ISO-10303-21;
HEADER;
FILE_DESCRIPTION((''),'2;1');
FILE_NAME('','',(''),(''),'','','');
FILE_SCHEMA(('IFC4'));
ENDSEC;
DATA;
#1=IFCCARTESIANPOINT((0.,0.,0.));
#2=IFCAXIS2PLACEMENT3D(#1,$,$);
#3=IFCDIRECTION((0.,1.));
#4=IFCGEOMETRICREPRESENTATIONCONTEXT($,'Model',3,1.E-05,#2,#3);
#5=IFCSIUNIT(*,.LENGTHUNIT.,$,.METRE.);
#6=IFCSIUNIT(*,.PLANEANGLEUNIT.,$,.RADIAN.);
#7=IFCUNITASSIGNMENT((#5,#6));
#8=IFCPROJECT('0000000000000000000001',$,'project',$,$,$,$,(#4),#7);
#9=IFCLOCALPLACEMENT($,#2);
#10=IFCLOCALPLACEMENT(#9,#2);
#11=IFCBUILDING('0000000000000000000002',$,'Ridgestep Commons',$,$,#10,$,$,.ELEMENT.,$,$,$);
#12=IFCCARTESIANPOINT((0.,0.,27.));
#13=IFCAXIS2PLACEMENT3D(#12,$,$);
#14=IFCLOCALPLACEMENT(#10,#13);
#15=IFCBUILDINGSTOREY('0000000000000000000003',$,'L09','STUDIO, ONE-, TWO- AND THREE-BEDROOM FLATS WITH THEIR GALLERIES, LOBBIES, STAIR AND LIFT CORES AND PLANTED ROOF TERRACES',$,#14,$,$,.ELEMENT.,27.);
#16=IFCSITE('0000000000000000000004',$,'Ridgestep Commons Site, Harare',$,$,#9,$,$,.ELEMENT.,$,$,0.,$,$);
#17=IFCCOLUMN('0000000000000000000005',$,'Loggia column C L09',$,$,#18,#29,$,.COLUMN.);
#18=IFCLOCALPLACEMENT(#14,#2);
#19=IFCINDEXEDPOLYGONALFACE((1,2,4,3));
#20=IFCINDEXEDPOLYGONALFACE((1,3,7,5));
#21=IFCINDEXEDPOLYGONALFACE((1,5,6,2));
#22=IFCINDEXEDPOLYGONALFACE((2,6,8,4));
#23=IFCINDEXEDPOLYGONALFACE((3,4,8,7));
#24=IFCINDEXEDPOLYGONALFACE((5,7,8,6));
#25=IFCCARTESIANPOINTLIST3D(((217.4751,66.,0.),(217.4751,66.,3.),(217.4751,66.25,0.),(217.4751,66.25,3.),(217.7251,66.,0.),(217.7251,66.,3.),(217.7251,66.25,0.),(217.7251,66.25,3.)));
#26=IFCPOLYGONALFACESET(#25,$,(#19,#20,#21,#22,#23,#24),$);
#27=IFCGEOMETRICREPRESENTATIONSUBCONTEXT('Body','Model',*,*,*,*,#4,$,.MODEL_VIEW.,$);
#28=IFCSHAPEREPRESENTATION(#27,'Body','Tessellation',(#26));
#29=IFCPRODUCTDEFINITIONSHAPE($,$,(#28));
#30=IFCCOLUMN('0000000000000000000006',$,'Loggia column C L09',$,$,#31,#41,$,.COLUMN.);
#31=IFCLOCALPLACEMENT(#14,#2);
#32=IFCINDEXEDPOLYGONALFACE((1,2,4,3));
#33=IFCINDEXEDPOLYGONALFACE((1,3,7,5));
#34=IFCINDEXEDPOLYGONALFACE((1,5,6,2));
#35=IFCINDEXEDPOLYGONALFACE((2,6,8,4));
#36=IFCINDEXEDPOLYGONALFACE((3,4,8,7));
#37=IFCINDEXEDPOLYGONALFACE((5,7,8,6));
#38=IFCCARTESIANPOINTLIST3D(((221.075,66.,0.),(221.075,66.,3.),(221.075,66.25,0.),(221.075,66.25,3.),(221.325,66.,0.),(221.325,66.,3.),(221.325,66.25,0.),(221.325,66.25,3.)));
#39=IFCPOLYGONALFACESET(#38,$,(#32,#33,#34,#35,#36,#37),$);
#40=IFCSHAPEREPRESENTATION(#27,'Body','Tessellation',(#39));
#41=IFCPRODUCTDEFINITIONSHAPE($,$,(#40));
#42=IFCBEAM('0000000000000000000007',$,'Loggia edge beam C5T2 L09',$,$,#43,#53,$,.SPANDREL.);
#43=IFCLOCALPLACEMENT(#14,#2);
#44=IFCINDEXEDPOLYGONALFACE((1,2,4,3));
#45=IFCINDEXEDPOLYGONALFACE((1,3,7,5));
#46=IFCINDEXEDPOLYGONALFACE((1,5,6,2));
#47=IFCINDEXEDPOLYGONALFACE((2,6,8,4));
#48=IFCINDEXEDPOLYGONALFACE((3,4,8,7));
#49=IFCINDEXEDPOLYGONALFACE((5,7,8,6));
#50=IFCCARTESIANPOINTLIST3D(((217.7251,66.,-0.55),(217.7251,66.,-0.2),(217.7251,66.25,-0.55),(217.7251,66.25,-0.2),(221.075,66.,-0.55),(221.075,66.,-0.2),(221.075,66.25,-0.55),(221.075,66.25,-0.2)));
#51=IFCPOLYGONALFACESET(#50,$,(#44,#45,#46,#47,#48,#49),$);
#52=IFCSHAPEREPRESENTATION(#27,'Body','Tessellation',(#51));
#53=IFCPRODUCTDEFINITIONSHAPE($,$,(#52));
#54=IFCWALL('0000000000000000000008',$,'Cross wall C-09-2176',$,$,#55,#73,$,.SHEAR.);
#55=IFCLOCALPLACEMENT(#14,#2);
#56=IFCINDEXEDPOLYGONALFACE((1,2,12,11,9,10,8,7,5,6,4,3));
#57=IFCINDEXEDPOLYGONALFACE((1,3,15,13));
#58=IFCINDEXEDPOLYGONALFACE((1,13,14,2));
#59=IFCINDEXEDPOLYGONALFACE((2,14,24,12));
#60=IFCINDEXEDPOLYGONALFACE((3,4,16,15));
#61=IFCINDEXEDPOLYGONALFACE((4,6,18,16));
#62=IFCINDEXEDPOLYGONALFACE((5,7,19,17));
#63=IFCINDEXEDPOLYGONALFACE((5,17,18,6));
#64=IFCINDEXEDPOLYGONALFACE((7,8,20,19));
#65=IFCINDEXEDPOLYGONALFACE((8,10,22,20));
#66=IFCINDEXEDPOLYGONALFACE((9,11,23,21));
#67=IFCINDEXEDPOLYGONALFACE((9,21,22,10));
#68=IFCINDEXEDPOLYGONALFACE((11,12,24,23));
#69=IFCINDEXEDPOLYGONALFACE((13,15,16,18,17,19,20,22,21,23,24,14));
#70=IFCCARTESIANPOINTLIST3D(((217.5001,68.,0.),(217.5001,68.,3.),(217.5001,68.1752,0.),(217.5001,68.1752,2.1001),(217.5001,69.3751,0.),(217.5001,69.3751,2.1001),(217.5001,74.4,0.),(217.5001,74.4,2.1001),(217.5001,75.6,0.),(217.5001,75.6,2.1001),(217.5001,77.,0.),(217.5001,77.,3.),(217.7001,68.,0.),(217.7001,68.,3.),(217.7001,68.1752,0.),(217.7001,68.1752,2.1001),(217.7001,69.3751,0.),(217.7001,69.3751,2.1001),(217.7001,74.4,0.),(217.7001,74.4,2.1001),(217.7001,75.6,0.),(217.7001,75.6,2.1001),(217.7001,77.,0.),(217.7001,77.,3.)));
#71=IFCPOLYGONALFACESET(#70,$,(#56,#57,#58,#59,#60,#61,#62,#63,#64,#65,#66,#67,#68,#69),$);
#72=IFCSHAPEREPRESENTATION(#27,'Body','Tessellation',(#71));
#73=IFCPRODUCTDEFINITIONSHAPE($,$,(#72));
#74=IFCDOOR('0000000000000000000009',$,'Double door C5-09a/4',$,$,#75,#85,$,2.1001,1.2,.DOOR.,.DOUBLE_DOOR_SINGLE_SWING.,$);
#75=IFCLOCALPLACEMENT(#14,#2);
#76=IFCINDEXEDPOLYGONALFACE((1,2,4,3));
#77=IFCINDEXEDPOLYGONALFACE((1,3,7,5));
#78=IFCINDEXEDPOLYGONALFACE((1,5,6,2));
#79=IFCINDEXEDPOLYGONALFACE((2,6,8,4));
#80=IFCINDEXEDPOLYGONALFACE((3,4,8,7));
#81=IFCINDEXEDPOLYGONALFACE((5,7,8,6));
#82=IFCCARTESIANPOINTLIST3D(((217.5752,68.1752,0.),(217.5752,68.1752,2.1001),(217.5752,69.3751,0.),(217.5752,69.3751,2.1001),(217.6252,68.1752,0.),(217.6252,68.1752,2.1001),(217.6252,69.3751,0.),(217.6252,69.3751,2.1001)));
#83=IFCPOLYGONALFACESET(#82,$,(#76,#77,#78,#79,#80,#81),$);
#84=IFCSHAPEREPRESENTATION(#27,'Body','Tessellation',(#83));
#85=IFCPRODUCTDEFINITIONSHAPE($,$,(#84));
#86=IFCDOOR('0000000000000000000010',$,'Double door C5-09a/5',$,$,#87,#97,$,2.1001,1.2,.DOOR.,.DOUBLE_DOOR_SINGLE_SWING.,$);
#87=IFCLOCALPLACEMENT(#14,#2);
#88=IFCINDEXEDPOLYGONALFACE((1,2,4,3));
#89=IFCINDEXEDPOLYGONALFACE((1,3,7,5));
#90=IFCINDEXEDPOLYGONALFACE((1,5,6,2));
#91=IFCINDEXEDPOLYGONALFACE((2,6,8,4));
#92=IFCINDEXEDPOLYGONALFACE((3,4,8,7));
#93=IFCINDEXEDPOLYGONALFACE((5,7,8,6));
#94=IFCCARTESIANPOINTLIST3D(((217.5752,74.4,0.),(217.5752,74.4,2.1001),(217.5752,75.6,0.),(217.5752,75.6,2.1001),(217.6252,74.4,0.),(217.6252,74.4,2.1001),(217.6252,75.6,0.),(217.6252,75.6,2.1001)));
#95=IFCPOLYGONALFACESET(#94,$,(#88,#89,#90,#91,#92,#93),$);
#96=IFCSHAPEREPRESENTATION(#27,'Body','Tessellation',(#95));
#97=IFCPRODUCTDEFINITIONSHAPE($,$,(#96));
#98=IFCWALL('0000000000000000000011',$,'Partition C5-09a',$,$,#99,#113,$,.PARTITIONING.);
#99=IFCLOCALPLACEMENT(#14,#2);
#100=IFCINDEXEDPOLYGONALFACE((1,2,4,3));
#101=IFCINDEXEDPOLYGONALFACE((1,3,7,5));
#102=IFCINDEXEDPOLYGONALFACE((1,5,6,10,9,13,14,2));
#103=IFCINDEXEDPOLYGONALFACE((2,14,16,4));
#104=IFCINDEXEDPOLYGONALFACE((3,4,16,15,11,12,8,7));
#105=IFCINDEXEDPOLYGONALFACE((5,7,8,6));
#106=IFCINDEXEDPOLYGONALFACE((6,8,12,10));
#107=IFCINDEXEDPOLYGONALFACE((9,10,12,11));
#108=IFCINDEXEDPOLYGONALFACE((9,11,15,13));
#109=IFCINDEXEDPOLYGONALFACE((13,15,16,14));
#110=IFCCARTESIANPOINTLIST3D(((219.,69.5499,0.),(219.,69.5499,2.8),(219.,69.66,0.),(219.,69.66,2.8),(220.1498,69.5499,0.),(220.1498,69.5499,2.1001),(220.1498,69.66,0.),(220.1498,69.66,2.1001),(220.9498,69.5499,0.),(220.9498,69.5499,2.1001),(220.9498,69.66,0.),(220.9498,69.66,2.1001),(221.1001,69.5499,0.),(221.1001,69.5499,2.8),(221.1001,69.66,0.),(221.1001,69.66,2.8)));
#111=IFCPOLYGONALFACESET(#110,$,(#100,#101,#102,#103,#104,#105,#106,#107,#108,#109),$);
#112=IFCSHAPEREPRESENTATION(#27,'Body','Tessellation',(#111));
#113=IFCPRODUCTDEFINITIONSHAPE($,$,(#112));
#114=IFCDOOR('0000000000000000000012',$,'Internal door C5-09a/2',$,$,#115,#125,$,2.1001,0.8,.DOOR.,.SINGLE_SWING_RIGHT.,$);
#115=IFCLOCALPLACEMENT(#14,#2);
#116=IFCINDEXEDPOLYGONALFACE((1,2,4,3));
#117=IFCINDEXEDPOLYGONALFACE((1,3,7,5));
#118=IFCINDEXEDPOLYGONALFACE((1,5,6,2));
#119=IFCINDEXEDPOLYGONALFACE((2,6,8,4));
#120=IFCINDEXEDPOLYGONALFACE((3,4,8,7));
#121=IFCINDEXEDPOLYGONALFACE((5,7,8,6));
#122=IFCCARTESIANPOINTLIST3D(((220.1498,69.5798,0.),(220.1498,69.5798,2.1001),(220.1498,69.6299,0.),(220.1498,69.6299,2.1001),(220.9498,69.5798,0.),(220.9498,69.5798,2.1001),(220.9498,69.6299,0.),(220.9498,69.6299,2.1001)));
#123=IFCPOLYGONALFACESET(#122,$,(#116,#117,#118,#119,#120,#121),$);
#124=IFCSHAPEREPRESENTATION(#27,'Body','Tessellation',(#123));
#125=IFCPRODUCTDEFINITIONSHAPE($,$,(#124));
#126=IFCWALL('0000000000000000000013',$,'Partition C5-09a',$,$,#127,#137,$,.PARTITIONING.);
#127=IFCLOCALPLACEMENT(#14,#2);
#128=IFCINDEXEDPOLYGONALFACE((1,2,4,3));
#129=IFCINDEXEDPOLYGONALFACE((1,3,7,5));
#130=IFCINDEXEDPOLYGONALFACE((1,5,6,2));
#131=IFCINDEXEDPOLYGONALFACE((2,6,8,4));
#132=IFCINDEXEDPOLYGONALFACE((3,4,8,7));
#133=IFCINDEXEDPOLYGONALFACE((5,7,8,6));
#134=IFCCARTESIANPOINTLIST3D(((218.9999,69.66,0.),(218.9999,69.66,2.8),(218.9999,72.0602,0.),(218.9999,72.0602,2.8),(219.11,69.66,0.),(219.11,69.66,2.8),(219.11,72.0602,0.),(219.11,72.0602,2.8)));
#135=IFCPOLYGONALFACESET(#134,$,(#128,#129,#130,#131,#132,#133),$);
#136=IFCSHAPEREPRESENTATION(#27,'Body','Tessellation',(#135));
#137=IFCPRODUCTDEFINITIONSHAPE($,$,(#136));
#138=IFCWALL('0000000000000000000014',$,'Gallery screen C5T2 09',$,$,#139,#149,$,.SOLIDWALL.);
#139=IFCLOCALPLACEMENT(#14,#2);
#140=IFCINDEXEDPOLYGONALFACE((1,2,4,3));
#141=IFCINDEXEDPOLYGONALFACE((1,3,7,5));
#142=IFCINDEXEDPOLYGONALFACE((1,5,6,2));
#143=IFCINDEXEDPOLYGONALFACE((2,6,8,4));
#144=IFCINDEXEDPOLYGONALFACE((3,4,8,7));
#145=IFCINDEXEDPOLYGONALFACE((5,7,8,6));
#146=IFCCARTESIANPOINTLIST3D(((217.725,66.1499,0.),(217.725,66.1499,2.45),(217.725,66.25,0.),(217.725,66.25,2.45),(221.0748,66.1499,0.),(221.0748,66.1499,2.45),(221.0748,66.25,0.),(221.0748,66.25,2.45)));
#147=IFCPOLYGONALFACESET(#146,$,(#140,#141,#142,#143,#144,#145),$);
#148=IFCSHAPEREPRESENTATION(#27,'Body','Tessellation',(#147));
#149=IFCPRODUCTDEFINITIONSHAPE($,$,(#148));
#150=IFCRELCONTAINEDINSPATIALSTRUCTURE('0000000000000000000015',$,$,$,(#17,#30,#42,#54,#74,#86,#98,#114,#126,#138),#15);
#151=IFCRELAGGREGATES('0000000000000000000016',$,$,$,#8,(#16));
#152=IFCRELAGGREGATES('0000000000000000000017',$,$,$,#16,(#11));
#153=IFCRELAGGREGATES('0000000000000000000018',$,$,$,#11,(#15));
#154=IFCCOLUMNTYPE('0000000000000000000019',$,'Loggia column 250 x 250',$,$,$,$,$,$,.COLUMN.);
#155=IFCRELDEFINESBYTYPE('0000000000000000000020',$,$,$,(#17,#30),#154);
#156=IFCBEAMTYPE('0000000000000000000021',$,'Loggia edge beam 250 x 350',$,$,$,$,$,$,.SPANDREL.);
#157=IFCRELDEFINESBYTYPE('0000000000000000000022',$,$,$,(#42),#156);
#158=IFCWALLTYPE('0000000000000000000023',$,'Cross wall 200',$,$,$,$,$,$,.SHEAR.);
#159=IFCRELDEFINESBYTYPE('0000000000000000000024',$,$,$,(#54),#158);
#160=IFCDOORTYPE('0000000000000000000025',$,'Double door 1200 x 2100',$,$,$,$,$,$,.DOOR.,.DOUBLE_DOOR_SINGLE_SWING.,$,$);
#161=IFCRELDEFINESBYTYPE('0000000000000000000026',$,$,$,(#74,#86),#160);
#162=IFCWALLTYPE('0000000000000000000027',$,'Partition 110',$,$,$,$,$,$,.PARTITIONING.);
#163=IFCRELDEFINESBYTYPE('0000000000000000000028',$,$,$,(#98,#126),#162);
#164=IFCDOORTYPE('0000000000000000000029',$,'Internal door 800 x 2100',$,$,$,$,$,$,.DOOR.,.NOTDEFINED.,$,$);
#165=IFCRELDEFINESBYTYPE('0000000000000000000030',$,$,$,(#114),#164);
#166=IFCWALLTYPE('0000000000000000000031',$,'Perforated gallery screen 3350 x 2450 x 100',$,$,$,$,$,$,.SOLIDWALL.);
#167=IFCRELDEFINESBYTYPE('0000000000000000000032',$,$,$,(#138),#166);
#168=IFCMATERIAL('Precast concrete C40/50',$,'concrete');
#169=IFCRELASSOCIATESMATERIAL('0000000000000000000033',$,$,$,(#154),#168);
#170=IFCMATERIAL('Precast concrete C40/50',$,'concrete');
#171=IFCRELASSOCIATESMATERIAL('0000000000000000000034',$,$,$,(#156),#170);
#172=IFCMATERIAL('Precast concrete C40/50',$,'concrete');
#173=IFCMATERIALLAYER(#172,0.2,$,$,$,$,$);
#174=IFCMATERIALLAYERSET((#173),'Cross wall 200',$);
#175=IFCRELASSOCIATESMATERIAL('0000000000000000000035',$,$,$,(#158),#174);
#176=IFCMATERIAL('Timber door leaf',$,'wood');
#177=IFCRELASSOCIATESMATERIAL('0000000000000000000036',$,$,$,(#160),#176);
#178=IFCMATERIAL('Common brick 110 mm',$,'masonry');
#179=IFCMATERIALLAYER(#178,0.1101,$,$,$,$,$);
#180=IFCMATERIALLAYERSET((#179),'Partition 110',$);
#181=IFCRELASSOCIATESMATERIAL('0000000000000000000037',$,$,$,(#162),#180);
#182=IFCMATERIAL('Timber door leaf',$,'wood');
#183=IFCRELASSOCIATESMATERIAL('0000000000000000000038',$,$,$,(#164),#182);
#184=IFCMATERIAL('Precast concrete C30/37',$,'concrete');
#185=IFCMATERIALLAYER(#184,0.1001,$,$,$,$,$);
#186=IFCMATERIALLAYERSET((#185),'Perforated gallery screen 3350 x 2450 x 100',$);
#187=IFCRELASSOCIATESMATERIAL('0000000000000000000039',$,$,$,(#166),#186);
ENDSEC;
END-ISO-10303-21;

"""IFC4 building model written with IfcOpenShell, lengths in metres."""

from ifc_helpers import new_model, si_unit, direction, frame, frame_2d, origin, origin_2d, place, context, subcontext, project, spatial, rectangle, extrude, material, layer, layer_set, material_profile, profile_set, type_object, element, fill, save


model = new_model("IFC4")

# Units and contexts
model_context = context("Model", 3, precision=1e-05, world=origin(), true_north=direction((0.0, 1.0)))
body_context = subcontext(model_context, "Body", "Model", "MODEL_VIEW")
ifc_project = project(units=[si_unit("LENGTHUNIT", "METRE"), si_unit("PLANEANGLEUNIT", "RADIAN")], contexts=[model_context])

# Site, building, storey
site_placement = place(None, origin())
site = spatial("IfcSite", under=ifc_project, at=site_placement, Name="Ridgestep Commons Site, Harare", CompositionType="ELEMENT", RefElevation=0.0)
building_placement = place(site_placement, origin())
building = spatial("IfcBuilding", under=site, at=building_placement, Name="Ridgestep Commons", CompositionType="ELEMENT")
storey_placement = place(building_placement, frame((0.0, 0.0, 27.0)))
storey = spatial("IfcBuildingStorey", under=building, at=storey_placement, Name="L09", Description="STUDIO, ONE-, TWO- AND THREE-BEDROOM FLATS WITH THEIR GALLERIES, LOBBIES, STAIR AND LIFT CORES AND PLANTED ROOF TERRACES", CompositionType="ELEMENT", Elevation=27.0)

# Columns
ifc_material_1 = material(Name="Precast concrete C40/50", Category="concrete")
ifc_material_profile_1 = material_profile(ifc_material_1, rectangle(XDim=0.25, YDim=0.25, at=origin_2d()), Name="PC 250x250")
ifc_profile_set_1 = profile_set([ifc_material_profile_1], Name="Precast concrete C40/50")
column_type = type_object("IfcColumnType", Name="Loggia column 250 x 250", PredefinedType="COLUMN", material=ifc_profile_set_1)
for number, where, z_axis, x_axis, name in (
    (1, (217.6001, 66.125, 0.0), (0.0, 0.0, 1.0), (1.0, 0.0, 0.0), "Loggia column C L09"),
    (2, (221.2, 66.125, 0.0), (0.0, 0.0, 1.0), (1.0, 0.0, 0.0), "Loggia column C L09"),
):
    element("IfcColumn", number, at=place(storey_placement, frame(where, z_axis=z_axis, x_axis=x_axis)), inside=storey, type_object=column_type, Name=name, PredefinedType="COLUMN", context=body_context, shape_type="SweptSolid", body=[
        extrude(rectangle(XDim=0.25, YDim=0.25, at=origin_2d()), origin(), (0.0, 0.0, 1.0), 3.0),
    ])

# Beam
ifc_material_2 = material(Name="Precast concrete C40/50", Category="concrete")
ifc_material_profile_2 = material_profile(ifc_material_2, rectangle(XDim=0.25, YDim=0.3501, at=origin_2d()), Name="PC 250x350")
ifc_profile_set_2 = profile_set([ifc_material_profile_2], Name="Precast concrete C40/50")
beam_type = type_object("IfcBeamType", Name="Loggia edge beam 250 x 350", PredefinedType="SPANDREL", material=ifc_profile_set_2)
beam_placement = place(storey_placement, frame((217.7251, 66.125, -0.375), z_axis=(1.0, 0.0, 0.0), x_axis=(0.0, 1.0, 0.0)))
element("IfcBeam", 3, at=beam_placement, inside=storey, type_object=beam_type, Name="Loggia edge beam C5T2 L09", PredefinedType="SPANDREL", context=body_context, shape_type="SweptSolid", body=[
    extrude(rectangle(XDim=0.25, YDim=0.3501, at=origin_2d()), origin(), (0.0, 0.0, 1.0), 3.3499),
])

# Wall, openings, doors
ifc_material_3 = material(Name="Precast concrete C40/50", Category="concrete")
ifc_layer_1 = layer(ifc_material_3, 0.2)
ifc_layer_set_1 = layer_set([ifc_layer_1], Name="Cross wall 200")
wall_type_1 = type_object("IfcWallType", Name="Cross wall 200", PredefinedType="SHEAR", material=ifc_layer_set_1)
wall_1_placement = place(storey_placement, frame((217.6001, 68.0, 0.0), z_axis=(0.0, 0.0, 1.0), x_axis=(0.0, 1.0, 0.0)))
wall_1 = element("IfcWall", 4, at=wall_1_placement, inside=storey, type_object=wall_type_1, Name="Cross wall C-09-2176", PredefinedType="SHEAR", context=body_context, shape_type="SweptSolid", body=[
    extrude(rectangle(XDim=9.0, YDim=0.2, at=frame_2d((4.5, 0.0))), origin(), (0.0, 0.0, 1.0), 3.0),
])
opening_1_placement = place(wall_1_placement, frame((0.175, 0.0, 0.0)))
opening_1 = element("IfcOpeningElement", 5, at=opening_1_placement, cuts=wall_1, PredefinedType="OPENING", context=body_context, shape_type="SweptSolid", body=[
    extrude(rectangle(XDim=1.2, YDim=2.1001, at=frame_2d((0.6001, 1.05))), frame((0.0, 0.1099, 0.0), z_axis=(0.0, -1.0, 0.0), x_axis=(1.0, 0.0, 0.0)), (0.0, 0.0, 1.0), 0.22),
])
opening_2_placement = place(wall_1_placement, frame((6.3999, 0.0, 0.0)))
opening_2 = element("IfcOpeningElement", 6, at=opening_2_placement, cuts=wall_1, PredefinedType="OPENING", context=body_context, shape_type="SweptSolid", body=[
    extrude(rectangle(XDim=1.2, YDim=2.1001, at=frame_2d((0.6001, 1.05))), frame((0.0, 0.1099, 0.0), z_axis=(0.0, -1.0, 0.0), x_axis=(1.0, 0.0, 0.0)), (0.0, 0.0, 1.0), 0.22),
])
ifc_material_4 = material(Name="Timber door leaf", Category="wood")
door_type_1 = type_object("IfcDoorType", Name="Double door 1200 x 2100", OperationType="DOUBLE_DOOR_SINGLE_SWING", PredefinedType="DOOR", material=ifc_material_4)
door_1_placement = place(opening_1_placement, origin())
door_1 = element("IfcDoor", 7, at=door_1_placement, inside=storey, type_object=door_type_1, Name="Double door C5-09a/4", OperationType="DOUBLE_DOOR_SINGLE_SWING", OverallHeight=2.1001, OverallWidth=1.2, PredefinedType="DOOR", context=body_context, shape_type="SweptSolid", body=[
    extrude(rectangle(XDim=1.2, YDim=2.1001, at=frame_2d((0.6001, 1.05))), frame((0.0, 0.0249, 0.0), z_axis=(0.0, -1.0, 0.0), x_axis=(1.0, 0.0, 0.0)), (0.0, 0.0, 1.0), 0.05),
])
fill(opening_1, door_1)
door_2_placement = place(opening_2_placement, origin())
door_2 = element("IfcDoor", 8, at=door_2_placement, inside=storey, type_object=door_type_1, Name="Double door C5-09a/5", OperationType="DOUBLE_DOOR_SINGLE_SWING", OverallHeight=2.1001, OverallWidth=1.2, PredefinedType="DOOR", context=body_context, shape_type="SweptSolid", body=[
    extrude(rectangle(XDim=1.2, YDim=2.1001, at=frame_2d((0.6001, 1.05))), frame((0.0, 0.0249, 0.0), z_axis=(0.0, -1.0, 0.0), x_axis=(1.0, 0.0, 0.0)), (0.0, 0.0, 1.0), 0.05),
])
fill(opening_2, door_2)

# Wall, opening, door
ifc_material_5 = material(Name="Common brick 110 mm", Category="masonry")
ifc_layer_2 = layer(ifc_material_5, 0.1101)
ifc_layer_set_2 = layer_set([ifc_layer_2], Name="Partition 110")
wall_type_2 = type_object("IfcWallType", Name="Partition 110", PredefinedType="PARTITIONING", material=ifc_layer_set_2)
wall_2_placement = place(storey_placement, frame((219.0, 69.605, 0.0), z_axis=(0.0, 0.0, 1.0), x_axis=(1.0, 0.0, 0.0)))
wall_2 = element("IfcWall", 9, at=wall_2_placement, inside=storey, type_object=wall_type_2, Name="Partition C5-09a", PredefinedType="PARTITIONING", context=body_context, shape_type="SweptSolid", body=[
    extrude(rectangle(XDim=2.1001, YDim=0.1101, at=frame_2d((1.05, 0.0))), origin(), (0.0, 0.0, 1.0), 2.8),
])
opening_3_placement = place(wall_2_placement, frame((1.1499, 0.0, 0.0)))
opening_3 = element("IfcOpeningElement", 10, at=opening_3_placement, cuts=wall_2, PredefinedType="OPENING", context=body_context, shape_type="SweptSolid", body=[
    extrude(rectangle(XDim=0.8, YDim=2.1001, at=frame_2d((0.3999, 1.05))), frame((0.0, 0.0649, 0.0), z_axis=(0.0, -1.0, 0.0), x_axis=(1.0, 0.0, 0.0)), (0.0, 0.0, 1.0), 0.1301),
])
ifc_material_6 = material(Name="Timber door leaf", Category="wood")
door_type_2 = type_object("IfcDoorType", Name="Internal door 800 x 2100", OperationType="NOTDEFINED", PredefinedType="DOOR", material=ifc_material_6)
door_3_placement = place(opening_3_placement, origin())
door_3 = element("IfcDoor", 11, at=door_3_placement, inside=storey, type_object=door_type_2, Name="Internal door C5-09a/2", OperationType="SINGLE_SWING_RIGHT", OverallHeight=2.1001, OverallWidth=0.8, PredefinedType="DOOR", context=body_context, shape_type="SweptSolid", body=[
    extrude(rectangle(XDim=0.8, YDim=2.1001, at=frame_2d((0.3999, 1.05))), frame((0.0, 0.0249, 0.0), z_axis=(0.0, -1.0, 0.0), x_axis=(1.0, 0.0, 0.0)), (0.0, 0.0, 1.0), 0.05),
])
fill(opening_3, door_3)

# Walls
wall_3_placement = place(storey_placement, frame((219.0549, 69.6599, 0.0), z_axis=(0.0, 0.0, 1.0), x_axis=(0.0, 1.0, 0.0)))
element("IfcWall", 12, at=wall_3_placement, inside=storey, type_object=wall_type_2, Name="Partition C5-09a", PredefinedType="PARTITIONING", context=body_context, shape_type="SweptSolid", body=[
    extrude(rectangle(XDim=2.4001, YDim=0.1101, at=frame_2d((1.2002, 0.0))), origin(), (0.0, 0.0, 1.0), 2.8),
])
ifc_material_7 = material(Name="Precast concrete C30/37", Category="concrete")
ifc_layer_3 = layer(ifc_material_7, 0.1001)
ifc_layer_set_3 = layer_set([ifc_layer_3], Name="Perforated gallery screen 3350 x 2450 x 100")
wall_type_3 = type_object("IfcWallType", Name="Perforated gallery screen 3350 x 2450 x 100", PredefinedType="SOLIDWALL", material=ifc_layer_set_3)
wall_4_placement = place(storey_placement, frame((217.7251, 66.2, 0.0), z_axis=(0.0, 0.0, 1.0), x_axis=(1.0, 0.0, 0.0)))
element("IfcWall", 13, at=wall_4_placement, inside=storey, type_object=wall_type_3, Name="Gallery screen C5T2 09", PredefinedType="SOLIDWALL", context=body_context, shape_type="SweptSolid", body=[
    extrude(rectangle(XDim=3.3499, YDim=0.1001, at=frame_2d((1.6748, 0.0))), origin(), (0.0, 0.0, 1.0), 2.45),
])

save(model, "model.ifc")
